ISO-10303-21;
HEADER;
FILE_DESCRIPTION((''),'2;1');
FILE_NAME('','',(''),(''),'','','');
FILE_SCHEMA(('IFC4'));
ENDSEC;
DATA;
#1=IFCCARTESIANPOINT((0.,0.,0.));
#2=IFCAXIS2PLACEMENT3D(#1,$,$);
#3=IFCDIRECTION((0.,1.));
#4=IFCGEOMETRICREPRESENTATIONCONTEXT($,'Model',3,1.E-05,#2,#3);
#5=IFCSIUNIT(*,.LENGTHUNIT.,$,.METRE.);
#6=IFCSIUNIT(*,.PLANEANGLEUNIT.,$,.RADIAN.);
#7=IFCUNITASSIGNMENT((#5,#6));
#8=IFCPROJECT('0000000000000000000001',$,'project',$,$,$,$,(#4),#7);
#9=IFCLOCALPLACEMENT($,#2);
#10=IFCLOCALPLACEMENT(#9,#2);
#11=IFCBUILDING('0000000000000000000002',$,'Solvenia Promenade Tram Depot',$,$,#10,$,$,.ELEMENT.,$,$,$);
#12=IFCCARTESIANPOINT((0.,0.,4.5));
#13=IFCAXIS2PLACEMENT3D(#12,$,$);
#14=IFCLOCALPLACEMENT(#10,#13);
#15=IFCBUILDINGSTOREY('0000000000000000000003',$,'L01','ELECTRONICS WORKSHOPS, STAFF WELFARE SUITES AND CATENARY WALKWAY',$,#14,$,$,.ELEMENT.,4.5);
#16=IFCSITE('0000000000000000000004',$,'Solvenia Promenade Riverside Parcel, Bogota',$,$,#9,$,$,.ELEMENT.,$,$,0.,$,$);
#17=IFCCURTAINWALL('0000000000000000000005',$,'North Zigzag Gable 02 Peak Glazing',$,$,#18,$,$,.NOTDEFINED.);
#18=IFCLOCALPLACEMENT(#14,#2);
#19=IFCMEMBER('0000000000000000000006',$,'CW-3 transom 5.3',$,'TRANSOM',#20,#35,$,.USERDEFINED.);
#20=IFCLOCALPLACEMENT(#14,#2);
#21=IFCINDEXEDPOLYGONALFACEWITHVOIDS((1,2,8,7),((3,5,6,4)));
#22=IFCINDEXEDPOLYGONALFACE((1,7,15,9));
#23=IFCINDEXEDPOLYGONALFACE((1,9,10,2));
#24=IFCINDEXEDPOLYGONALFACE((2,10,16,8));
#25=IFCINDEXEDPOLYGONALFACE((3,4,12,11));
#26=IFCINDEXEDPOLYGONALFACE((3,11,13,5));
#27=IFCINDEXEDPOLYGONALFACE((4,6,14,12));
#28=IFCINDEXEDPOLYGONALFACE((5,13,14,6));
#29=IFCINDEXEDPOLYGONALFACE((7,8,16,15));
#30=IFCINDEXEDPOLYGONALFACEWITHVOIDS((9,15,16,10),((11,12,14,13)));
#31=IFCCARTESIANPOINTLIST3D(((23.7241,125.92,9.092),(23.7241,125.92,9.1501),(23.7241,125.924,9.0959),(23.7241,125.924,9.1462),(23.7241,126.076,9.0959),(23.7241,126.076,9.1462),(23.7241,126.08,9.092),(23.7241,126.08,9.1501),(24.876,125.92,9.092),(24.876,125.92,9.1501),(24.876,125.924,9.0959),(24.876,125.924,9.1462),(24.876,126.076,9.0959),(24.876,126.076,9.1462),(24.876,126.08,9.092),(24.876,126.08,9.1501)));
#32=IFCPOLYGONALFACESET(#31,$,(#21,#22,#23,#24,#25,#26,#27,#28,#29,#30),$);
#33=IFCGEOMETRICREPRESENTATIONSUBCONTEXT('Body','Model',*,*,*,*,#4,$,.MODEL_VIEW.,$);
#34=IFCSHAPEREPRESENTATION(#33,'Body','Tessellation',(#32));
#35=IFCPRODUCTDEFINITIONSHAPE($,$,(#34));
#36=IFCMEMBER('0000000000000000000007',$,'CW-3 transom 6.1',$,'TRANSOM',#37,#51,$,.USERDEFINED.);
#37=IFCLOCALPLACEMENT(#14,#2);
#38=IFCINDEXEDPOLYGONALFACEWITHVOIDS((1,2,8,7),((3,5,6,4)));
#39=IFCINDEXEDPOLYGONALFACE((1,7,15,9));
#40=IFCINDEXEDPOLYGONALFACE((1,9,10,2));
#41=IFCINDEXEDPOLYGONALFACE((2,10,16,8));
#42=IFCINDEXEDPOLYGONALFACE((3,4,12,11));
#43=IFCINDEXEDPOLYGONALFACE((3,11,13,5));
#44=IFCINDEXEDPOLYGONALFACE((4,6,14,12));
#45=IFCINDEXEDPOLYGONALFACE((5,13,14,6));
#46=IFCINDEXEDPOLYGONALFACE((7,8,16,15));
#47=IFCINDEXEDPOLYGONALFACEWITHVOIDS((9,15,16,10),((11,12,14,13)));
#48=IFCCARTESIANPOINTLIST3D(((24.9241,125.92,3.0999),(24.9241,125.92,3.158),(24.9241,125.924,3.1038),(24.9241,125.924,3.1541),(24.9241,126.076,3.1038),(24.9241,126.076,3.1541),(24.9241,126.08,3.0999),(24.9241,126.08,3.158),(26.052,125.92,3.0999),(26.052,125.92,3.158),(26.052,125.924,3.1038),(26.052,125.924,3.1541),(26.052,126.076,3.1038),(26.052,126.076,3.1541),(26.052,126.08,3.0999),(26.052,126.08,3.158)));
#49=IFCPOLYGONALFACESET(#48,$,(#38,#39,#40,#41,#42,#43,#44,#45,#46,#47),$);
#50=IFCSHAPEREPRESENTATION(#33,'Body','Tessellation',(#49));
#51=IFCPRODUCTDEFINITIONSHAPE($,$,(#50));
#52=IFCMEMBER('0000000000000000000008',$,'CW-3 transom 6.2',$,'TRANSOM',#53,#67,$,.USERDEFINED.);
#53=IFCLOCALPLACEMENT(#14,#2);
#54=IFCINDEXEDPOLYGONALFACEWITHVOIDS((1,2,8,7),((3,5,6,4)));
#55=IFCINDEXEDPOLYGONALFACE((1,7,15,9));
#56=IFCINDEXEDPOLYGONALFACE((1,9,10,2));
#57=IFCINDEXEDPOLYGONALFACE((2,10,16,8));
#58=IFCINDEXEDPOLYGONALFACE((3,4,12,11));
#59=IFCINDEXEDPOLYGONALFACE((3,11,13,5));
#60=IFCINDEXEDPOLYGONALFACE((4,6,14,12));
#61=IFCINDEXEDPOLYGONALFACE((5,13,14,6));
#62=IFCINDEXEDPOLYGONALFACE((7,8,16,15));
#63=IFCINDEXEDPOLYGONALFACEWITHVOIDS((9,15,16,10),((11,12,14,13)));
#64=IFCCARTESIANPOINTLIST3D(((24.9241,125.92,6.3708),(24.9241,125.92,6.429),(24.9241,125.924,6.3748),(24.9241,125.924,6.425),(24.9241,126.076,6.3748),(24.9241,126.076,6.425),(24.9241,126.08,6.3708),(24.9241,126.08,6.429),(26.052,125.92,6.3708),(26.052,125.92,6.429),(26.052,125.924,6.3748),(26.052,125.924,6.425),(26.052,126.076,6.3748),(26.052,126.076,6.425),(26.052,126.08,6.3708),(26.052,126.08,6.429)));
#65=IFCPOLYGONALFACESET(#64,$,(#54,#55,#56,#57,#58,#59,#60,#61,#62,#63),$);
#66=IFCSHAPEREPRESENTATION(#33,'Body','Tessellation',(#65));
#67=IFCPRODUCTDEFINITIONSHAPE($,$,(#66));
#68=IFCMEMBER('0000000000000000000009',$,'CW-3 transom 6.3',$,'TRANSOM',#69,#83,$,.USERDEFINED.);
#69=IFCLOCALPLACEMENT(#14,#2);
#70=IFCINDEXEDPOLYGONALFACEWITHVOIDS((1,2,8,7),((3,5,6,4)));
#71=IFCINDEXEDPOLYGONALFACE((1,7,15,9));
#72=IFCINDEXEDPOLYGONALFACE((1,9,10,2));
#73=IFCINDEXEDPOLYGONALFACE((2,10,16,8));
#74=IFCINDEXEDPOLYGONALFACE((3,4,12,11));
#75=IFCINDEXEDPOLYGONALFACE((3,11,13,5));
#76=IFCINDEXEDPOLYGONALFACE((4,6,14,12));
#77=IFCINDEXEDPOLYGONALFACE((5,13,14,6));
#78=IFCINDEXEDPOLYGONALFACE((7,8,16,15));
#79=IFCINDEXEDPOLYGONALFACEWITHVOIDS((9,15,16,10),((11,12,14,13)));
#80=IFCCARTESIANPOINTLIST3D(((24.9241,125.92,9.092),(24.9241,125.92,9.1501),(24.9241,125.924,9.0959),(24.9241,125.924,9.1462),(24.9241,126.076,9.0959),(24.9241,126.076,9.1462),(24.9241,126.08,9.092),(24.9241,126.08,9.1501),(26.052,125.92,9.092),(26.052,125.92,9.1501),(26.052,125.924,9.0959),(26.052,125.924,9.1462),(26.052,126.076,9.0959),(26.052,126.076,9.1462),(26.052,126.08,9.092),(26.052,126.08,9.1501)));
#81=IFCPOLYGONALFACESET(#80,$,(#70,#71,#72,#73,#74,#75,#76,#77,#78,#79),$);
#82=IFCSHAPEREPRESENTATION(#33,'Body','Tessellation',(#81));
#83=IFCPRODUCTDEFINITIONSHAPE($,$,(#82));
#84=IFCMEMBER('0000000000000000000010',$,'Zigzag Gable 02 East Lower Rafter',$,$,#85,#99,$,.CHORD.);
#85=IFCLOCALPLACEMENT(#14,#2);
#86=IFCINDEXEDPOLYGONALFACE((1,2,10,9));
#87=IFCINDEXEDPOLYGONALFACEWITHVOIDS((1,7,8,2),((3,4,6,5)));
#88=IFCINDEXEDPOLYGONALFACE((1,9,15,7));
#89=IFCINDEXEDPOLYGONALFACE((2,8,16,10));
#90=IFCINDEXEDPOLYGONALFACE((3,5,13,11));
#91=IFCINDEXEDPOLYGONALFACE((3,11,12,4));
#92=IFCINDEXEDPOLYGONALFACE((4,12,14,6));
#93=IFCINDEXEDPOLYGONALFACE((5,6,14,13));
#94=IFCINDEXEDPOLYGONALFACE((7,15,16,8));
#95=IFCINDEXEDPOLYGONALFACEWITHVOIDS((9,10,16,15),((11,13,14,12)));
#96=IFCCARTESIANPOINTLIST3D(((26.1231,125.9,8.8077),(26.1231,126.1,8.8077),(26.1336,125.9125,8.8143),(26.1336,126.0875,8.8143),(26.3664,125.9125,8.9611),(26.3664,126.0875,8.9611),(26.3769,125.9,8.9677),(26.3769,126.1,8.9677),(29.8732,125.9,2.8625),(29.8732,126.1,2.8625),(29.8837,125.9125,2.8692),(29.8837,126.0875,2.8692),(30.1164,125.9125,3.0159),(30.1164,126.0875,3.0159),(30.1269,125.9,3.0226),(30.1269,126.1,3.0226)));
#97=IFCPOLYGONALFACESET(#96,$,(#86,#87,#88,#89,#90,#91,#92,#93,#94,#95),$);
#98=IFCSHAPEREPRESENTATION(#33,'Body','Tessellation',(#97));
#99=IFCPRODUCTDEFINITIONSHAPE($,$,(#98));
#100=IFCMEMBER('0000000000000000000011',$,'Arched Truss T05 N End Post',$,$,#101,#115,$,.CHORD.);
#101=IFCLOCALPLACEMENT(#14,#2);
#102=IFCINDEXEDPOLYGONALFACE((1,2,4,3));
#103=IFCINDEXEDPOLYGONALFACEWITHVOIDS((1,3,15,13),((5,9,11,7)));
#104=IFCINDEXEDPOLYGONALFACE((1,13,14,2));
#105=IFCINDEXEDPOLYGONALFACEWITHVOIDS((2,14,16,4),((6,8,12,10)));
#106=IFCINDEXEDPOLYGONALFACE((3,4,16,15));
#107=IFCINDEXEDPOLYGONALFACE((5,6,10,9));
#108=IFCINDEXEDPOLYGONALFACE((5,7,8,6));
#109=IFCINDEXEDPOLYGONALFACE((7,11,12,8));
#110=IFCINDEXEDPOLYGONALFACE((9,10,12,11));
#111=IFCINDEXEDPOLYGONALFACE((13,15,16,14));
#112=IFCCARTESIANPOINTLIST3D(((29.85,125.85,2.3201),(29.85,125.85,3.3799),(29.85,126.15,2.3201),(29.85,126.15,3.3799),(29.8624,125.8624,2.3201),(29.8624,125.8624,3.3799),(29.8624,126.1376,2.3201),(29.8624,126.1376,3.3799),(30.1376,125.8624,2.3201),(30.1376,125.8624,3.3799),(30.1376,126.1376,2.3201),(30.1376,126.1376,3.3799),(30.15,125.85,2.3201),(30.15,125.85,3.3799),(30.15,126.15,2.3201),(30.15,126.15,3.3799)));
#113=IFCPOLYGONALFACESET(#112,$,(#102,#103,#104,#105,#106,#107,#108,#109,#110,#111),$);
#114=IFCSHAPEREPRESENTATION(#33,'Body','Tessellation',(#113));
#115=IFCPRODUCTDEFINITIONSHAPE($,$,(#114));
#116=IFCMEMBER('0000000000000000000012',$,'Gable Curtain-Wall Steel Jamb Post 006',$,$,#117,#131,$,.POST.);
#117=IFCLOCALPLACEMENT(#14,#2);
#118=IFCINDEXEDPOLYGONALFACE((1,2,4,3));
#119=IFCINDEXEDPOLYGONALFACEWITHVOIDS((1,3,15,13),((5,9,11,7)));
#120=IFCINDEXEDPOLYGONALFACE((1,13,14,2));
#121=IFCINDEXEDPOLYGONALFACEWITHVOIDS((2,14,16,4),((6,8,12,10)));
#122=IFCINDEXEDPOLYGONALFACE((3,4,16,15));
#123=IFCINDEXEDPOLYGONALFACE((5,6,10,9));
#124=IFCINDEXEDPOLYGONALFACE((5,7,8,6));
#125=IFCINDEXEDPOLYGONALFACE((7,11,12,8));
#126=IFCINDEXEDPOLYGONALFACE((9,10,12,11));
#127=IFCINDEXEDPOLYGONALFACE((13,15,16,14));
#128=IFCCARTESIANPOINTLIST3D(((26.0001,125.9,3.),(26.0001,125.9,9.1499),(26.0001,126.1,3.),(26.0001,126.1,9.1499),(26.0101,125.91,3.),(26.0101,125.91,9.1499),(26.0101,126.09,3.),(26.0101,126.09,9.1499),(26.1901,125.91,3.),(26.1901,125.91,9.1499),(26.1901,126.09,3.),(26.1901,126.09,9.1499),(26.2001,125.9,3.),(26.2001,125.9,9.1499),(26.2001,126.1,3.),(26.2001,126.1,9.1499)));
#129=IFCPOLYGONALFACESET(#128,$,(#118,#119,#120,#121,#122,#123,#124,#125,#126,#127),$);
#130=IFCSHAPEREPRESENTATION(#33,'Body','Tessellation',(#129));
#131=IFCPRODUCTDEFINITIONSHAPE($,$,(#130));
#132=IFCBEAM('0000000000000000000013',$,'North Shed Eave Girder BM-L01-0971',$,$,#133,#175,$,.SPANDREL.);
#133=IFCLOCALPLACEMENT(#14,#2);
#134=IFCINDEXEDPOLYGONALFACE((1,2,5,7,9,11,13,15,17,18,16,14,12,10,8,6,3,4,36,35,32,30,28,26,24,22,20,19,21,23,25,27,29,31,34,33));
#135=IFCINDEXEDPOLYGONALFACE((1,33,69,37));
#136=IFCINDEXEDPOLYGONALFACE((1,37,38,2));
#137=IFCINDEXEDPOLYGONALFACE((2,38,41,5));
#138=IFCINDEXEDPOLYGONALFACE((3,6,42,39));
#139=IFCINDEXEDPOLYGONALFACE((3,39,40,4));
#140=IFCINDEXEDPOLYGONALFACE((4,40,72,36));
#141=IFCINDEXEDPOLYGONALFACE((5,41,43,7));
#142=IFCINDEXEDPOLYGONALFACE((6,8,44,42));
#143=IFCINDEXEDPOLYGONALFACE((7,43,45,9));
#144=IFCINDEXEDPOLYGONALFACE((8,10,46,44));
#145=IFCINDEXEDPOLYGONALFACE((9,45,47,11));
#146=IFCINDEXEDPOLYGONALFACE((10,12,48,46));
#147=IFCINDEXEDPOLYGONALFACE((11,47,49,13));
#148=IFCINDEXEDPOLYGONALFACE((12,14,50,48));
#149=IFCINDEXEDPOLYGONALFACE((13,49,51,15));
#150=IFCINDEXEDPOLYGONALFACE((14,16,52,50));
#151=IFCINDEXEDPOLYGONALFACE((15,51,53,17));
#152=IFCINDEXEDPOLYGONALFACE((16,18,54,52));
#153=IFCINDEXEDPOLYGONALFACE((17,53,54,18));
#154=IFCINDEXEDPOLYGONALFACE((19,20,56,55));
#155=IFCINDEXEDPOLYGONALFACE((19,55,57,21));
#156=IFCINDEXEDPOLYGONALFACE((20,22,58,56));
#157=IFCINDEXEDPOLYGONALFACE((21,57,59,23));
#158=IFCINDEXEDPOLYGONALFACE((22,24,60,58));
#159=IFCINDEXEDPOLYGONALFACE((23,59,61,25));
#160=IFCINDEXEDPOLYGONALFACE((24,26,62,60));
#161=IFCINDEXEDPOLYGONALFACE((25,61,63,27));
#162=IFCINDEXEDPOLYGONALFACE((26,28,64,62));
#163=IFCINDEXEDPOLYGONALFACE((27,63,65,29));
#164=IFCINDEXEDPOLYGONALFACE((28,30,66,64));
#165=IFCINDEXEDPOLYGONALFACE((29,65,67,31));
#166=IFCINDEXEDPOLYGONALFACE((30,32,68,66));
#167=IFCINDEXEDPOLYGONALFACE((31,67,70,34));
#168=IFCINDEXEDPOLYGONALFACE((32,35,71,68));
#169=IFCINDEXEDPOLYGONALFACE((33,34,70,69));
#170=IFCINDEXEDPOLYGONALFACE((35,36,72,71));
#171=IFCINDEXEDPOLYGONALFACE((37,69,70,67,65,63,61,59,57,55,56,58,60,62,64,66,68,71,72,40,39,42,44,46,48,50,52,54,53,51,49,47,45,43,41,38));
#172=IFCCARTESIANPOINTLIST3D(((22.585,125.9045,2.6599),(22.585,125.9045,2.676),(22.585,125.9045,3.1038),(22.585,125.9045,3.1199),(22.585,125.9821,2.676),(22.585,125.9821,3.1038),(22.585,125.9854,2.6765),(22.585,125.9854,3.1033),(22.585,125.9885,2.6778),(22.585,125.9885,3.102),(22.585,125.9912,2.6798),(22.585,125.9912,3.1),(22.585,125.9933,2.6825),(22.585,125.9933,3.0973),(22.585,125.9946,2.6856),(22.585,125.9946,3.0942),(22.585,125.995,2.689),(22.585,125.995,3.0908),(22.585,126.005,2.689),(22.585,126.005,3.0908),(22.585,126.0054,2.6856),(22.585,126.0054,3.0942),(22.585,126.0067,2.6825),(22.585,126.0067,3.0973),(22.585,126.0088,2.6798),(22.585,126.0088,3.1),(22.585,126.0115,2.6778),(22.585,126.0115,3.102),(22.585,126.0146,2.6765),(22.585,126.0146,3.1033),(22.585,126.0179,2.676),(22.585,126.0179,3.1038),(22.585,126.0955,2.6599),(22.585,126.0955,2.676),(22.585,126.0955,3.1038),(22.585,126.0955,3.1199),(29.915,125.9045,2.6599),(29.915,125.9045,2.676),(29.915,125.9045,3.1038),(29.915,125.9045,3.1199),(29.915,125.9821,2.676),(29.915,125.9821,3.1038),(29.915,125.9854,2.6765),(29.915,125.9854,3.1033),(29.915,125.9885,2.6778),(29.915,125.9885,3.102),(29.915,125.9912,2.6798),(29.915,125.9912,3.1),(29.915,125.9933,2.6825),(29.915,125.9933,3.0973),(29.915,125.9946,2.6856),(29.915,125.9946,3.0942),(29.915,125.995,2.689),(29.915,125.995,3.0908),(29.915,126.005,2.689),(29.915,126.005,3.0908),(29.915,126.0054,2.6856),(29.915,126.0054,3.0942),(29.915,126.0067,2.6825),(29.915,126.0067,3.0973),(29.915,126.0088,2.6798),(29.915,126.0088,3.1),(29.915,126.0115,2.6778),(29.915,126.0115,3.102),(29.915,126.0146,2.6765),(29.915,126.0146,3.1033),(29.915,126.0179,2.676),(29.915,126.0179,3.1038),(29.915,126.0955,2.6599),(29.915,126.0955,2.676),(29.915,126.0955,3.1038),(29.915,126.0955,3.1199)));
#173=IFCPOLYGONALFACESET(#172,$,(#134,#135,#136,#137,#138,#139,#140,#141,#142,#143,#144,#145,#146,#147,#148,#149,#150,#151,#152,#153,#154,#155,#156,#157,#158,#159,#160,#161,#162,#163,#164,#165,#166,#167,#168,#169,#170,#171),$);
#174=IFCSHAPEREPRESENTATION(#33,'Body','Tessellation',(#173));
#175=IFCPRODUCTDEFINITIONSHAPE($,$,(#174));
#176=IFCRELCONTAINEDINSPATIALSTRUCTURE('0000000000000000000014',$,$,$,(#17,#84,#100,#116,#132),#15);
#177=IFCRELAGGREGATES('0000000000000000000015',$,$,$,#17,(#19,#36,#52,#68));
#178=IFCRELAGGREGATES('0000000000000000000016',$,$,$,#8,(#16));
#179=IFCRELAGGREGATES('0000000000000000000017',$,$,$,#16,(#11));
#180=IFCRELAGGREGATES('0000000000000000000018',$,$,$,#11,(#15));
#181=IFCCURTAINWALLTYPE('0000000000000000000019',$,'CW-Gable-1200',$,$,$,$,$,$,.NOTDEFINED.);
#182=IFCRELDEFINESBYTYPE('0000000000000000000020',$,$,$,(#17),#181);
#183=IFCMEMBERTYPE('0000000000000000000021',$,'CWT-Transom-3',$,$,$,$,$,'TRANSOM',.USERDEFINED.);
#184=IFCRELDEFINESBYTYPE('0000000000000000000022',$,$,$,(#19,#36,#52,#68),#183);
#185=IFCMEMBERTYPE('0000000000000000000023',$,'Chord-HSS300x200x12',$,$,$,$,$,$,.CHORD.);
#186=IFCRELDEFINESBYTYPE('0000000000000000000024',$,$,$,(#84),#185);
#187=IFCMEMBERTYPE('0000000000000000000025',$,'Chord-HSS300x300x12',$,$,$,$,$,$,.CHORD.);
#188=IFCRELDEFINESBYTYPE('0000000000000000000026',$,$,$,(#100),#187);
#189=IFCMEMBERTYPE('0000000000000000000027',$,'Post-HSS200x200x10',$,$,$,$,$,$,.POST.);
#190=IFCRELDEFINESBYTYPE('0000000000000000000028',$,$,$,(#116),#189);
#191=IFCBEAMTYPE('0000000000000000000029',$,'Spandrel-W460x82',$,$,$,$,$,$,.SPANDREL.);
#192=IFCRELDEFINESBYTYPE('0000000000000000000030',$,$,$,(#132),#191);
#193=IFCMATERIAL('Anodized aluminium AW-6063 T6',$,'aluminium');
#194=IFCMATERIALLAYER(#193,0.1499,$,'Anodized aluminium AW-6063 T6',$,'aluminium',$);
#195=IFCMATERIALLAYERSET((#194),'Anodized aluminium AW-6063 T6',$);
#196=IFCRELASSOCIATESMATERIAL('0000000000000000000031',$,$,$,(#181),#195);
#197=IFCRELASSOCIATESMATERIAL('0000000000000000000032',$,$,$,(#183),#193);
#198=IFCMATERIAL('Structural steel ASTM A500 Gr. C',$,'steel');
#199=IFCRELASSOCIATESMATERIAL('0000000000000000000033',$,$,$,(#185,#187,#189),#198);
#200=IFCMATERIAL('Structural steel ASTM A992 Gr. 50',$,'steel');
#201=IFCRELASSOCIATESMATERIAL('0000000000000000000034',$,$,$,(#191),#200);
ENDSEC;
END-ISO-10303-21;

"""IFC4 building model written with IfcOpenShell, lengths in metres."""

from ifc_helpers import new_model, si_unit, direction, frame, origin, origin_2d, place, context, subcontext, project, spatial, hollow_rectangle, i_section, extrude, material, layer, layer_set, material_profile, profile_set, type_object, element, aggregate, save


model = new_model("IFC4")

# Units and contexts
model_context = context("Model", 3, precision=1e-05, world=origin(), true_north=direction((0.0, 1.0)))
body_context = subcontext(model_context, "Body", "Model", "MODEL_VIEW")
ifc_project = project(units=[si_unit("LENGTHUNIT", "METRE"), si_unit("PLANEANGLEUNIT", "RADIAN")], contexts=[model_context])

# Site, building, storey
site_placement = place(None, origin())
site = spatial("IfcSite", under=ifc_project, at=site_placement, Name="Solvenia Promenade Riverside Parcel, Bogota", CompositionType="ELEMENT", RefElevation=0.0)
building_placement = place(site_placement, origin())
building = spatial("IfcBuilding", under=site, at=building_placement, Name="Solvenia Promenade Tram Depot", CompositionType="ELEMENT")
storey_placement = place(building_placement, frame((0.0, 0.0, 4.5)))
storey = spatial("IfcBuildingStorey", under=building, at=storey_placement, Name="L01", Description="ELECTRONICS WORKSHOPS, STAFF WELFARE SUITES AND CATENARY WALKWAY", CompositionType="ELEMENT", Elevation=4.5)

# Shared definitions
ifc_material_1 = material(Name="Structural steel ASTM A992 Gr. 50", Category="steel")

# Curtain wall, members
ifc_material_2 = material(Name="Anodized aluminium AW-6063 T6", Category="aluminium")
ifc_layer_1 = layer(ifc_material_2, 0.1499, Name="Anodized aluminium AW-6063 T6", Category="aluminium")
ifc_layer_set_1 = layer_set([ifc_layer_1], Name="Anodized aluminium AW-6063 T6")
curtain_wall_type = type_object("IfcCurtainWallType", Name="CW-Gable-1200", PredefinedType="NOTDEFINED", material=ifc_layer_set_1)
curtain_wall_placement = place(storey_placement, origin())
curtain_wall = element("IfcCurtainWall", 1, at=curtain_wall_placement, inside=storey, type_object=curtain_wall_type, Name="North Zigzag Gable 02 Peak Glazing", PredefinedType="NOTDEFINED")
ifc_material_profile_1 = material_profile(ifc_material_2, hollow_rectangle(XDim=0.1599, YDim=0.0581, WallThickness=0.0039, at=origin_2d()), Name="ALU-T3", Category="aluminium")
ifc_profile_set_1 = profile_set([ifc_material_profile_1], Name="Anodized aluminium AW-6063 T6")
member_type_1 = type_object("IfcMemberType", Name="CWT-Transom-3", ElementType="TRANSOM", PredefinedType="USERDEFINED", material=ifc_profile_set_1)
member_1_placement = place(storey_placement, frame((23.7241, 126.0, 9.1211), z_axis=(1.0, 0.0, 0.0), x_axis=(0.0, 1.0, 0.0)))
member_1 = element("IfcMember", 2, at=member_1_placement, type_object=member_type_1, Name="CW-3 transom 5.3", ObjectType="TRANSOM", PredefinedType="USERDEFINED", context=body_context, shape_type="SweptSolid", body=[
    extrude(hollow_rectangle(XDim=0.1599, YDim=0.0581, WallThickness=0.0039, at=origin_2d()), origin(), (0.0, 0.0, 1.0), 1.1519),
])
member_2_placement = place(storey_placement, frame((24.9241, 126.0, 3.1289), z_axis=(1.0, 0.0, 0.0), x_axis=(0.0, 1.0, 0.0)))
member_2 = element("IfcMember", 3, at=member_2_placement, type_object=member_type_1, Name="CW-3 transom 6.1", ObjectType="TRANSOM", PredefinedType="USERDEFINED", context=body_context, shape_type="SweptSolid", body=[
    extrude(hollow_rectangle(XDim=0.1599, YDim=0.0581, WallThickness=0.0039, at=origin_2d()), origin(), (0.0, 0.0, 1.0), 1.1279),
])
member_3_placement = place(storey_placement, frame((24.9241, 126.0, 6.3999), z_axis=(1.0, 0.0, 0.0), x_axis=(0.0, 1.0, 0.0)))
member_3 = element("IfcMember", 4, at=member_3_placement, type_object=member_type_1, Name="CW-3 transom 6.2", ObjectType="TRANSOM", PredefinedType="USERDEFINED", context=body_context, shape_type="SweptSolid", body=[
    extrude(hollow_rectangle(XDim=0.1599, YDim=0.0581, WallThickness=0.0039, at=origin_2d()), origin(), (0.0, 0.0, 1.0), 1.1279),
])
member_4_placement = place(storey_placement, frame((24.9241, 126.0, 9.1211), z_axis=(1.0, 0.0, 0.0), x_axis=(0.0, 1.0, 0.0)))
member_4 = element("IfcMember", 5, at=member_4_placement, type_object=member_type_1, Name="CW-3 transom 6.3", ObjectType="TRANSOM", PredefinedType="USERDEFINED", context=body_context, shape_type="SweptSolid", body=[
    extrude(hollow_rectangle(XDim=0.1599, YDim=0.0581, WallThickness=0.0039, at=origin_2d()), origin(), (0.0, 0.0, 1.0), 1.1279),
])

# Members
ifc_material_3 = material(Name="Structural steel ASTM A500 Gr. C", Category="steel")
ifc_material_profile_2 = material_profile(ifc_material_3, hollow_rectangle(XDim=0.2, YDim=0.3, WallThickness=0.0125, at=origin_2d()), Name="HSS300x200x12.5", Category="steel")
ifc_profile_set_2 = profile_set([ifc_material_profile_2], Name="Structural steel ASTM A500 Gr. C")
member_type_2 = type_object("IfcMemberType", Name="Chord-HSS300x200x12", PredefinedType="CHORD", material=ifc_profile_set_2)
member_5_placement = place(storey_placement, frame((26.25, 126.0, 8.8877), z_axis=(0.533507, 0.0, -0.845796), x_axis=(0.0, 1.0, 0.0)))
element("IfcMember", 6, at=member_5_placement, inside=storey, type_object=member_type_2, Name="Zigzag Gable 02 East Lower Rafter", PredefinedType="CHORD", context=body_context, shape_type="SweptSolid", body=[
    extrude(hollow_rectangle(XDim=0.2, YDim=0.3, WallThickness=0.0125, at=origin_2d()), origin(), (0.0, 0.0, 1.0), 7.0291),
])
ifc_material_profile_3 = material_profile(ifc_material_3, hollow_rectangle(XDim=0.3, YDim=0.3, WallThickness=0.0125, at=origin_2d()), Name="HSS300x300x12.5", Category="steel")
ifc_profile_set_3 = profile_set([ifc_material_profile_3], Name="Structural steel ASTM A500 Gr. C")
member_type_3 = type_object("IfcMemberType", Name="Chord-HSS300x300x12", PredefinedType="CHORD", material=ifc_profile_set_3)
member_6_placement = place(storey_placement, frame((30.0, 126.0, 2.3201), z_axis=(0.0, 0.0, 1.0), x_axis=(1.0, 0.0, 0.0)))
element("IfcMember", 7, at=member_6_placement, inside=storey, type_object=member_type_3, Name="Arched Truss T05 N End Post", PredefinedType="CHORD", context=body_context, shape_type="SweptSolid", body=[
    extrude(hollow_rectangle(XDim=0.3, YDim=0.3, WallThickness=0.0125, at=origin_2d()), origin(), (0.0, 0.0, 1.0), 1.0598),
])
ifc_material_profile_4 = material_profile(ifc_material_3, hollow_rectangle(XDim=0.2, YDim=0.2, WallThickness=0.01, at=origin_2d()), Name="HSS200x200x10", Category="steel")
ifc_profile_set_4 = profile_set([ifc_material_profile_4], Name="Structural steel ASTM A500 Gr. C")
member_type_4 = type_object("IfcMemberType", Name="Post-HSS200x200x10", PredefinedType="POST", material=ifc_profile_set_4)
member_7_placement = place(storey_placement, frame((26.1001, 126.0, 3.0), z_axis=(0.0, 0.0, 1.0), x_axis=(1.0, 0.0, 0.0)))
element("IfcMember", 8, at=member_7_placement, inside=storey, type_object=member_type_4, Name="Gable Curtain-Wall Steel Jamb Post 006", PredefinedType="POST", context=body_context, shape_type="SweptSolid", body=[
    extrude(hollow_rectangle(XDim=0.2, YDim=0.2, WallThickness=0.01, at=origin_2d()), origin(), (0.0, 0.0, 1.0), 6.1499),
])

# Beam
ifc_material_profile_5 = material_profile(ifc_material_1, i_section(OverallWidth=0.1909, OverallDepth=0.46, WebThickness=0.01, FlangeThickness=0.0161, FilletRadius=0.0129, at=origin_2d()), Name="W460x82", Category="steel")
ifc_profile_set_5 = profile_set([ifc_material_profile_5], Name="Structural steel ASTM A992 Gr. 50")
beam_type = type_object("IfcBeamType", Name="Spandrel-W460x82", PredefinedType="SPANDREL", material=ifc_profile_set_5)
beam_placement = place(storey_placement, frame((22.585, 126.0, 2.8899), z_axis=(1.0, 0.0, 0.0), x_axis=(0.0, 1.0, 0.0)))
element("IfcBeam", 9, at=beam_placement, inside=storey, type_object=beam_type, Name="North Shed Eave Girder BM-L01-0971", PredefinedType="SPANDREL", context=body_context, shape_type="SweptSolid", body=[
    extrude(i_section(OverallWidth=0.1909, OverallDepth=0.46, WebThickness=0.01, FlangeThickness=0.0161, FilletRadius=0.0129, at=origin_2d()), origin(), (0.0, 0.0, 1.0), 7.3301),
])

aggregate(curtain_wall, [member_1, member_2, member_3, member_4])

save(model, "model.ifc")
